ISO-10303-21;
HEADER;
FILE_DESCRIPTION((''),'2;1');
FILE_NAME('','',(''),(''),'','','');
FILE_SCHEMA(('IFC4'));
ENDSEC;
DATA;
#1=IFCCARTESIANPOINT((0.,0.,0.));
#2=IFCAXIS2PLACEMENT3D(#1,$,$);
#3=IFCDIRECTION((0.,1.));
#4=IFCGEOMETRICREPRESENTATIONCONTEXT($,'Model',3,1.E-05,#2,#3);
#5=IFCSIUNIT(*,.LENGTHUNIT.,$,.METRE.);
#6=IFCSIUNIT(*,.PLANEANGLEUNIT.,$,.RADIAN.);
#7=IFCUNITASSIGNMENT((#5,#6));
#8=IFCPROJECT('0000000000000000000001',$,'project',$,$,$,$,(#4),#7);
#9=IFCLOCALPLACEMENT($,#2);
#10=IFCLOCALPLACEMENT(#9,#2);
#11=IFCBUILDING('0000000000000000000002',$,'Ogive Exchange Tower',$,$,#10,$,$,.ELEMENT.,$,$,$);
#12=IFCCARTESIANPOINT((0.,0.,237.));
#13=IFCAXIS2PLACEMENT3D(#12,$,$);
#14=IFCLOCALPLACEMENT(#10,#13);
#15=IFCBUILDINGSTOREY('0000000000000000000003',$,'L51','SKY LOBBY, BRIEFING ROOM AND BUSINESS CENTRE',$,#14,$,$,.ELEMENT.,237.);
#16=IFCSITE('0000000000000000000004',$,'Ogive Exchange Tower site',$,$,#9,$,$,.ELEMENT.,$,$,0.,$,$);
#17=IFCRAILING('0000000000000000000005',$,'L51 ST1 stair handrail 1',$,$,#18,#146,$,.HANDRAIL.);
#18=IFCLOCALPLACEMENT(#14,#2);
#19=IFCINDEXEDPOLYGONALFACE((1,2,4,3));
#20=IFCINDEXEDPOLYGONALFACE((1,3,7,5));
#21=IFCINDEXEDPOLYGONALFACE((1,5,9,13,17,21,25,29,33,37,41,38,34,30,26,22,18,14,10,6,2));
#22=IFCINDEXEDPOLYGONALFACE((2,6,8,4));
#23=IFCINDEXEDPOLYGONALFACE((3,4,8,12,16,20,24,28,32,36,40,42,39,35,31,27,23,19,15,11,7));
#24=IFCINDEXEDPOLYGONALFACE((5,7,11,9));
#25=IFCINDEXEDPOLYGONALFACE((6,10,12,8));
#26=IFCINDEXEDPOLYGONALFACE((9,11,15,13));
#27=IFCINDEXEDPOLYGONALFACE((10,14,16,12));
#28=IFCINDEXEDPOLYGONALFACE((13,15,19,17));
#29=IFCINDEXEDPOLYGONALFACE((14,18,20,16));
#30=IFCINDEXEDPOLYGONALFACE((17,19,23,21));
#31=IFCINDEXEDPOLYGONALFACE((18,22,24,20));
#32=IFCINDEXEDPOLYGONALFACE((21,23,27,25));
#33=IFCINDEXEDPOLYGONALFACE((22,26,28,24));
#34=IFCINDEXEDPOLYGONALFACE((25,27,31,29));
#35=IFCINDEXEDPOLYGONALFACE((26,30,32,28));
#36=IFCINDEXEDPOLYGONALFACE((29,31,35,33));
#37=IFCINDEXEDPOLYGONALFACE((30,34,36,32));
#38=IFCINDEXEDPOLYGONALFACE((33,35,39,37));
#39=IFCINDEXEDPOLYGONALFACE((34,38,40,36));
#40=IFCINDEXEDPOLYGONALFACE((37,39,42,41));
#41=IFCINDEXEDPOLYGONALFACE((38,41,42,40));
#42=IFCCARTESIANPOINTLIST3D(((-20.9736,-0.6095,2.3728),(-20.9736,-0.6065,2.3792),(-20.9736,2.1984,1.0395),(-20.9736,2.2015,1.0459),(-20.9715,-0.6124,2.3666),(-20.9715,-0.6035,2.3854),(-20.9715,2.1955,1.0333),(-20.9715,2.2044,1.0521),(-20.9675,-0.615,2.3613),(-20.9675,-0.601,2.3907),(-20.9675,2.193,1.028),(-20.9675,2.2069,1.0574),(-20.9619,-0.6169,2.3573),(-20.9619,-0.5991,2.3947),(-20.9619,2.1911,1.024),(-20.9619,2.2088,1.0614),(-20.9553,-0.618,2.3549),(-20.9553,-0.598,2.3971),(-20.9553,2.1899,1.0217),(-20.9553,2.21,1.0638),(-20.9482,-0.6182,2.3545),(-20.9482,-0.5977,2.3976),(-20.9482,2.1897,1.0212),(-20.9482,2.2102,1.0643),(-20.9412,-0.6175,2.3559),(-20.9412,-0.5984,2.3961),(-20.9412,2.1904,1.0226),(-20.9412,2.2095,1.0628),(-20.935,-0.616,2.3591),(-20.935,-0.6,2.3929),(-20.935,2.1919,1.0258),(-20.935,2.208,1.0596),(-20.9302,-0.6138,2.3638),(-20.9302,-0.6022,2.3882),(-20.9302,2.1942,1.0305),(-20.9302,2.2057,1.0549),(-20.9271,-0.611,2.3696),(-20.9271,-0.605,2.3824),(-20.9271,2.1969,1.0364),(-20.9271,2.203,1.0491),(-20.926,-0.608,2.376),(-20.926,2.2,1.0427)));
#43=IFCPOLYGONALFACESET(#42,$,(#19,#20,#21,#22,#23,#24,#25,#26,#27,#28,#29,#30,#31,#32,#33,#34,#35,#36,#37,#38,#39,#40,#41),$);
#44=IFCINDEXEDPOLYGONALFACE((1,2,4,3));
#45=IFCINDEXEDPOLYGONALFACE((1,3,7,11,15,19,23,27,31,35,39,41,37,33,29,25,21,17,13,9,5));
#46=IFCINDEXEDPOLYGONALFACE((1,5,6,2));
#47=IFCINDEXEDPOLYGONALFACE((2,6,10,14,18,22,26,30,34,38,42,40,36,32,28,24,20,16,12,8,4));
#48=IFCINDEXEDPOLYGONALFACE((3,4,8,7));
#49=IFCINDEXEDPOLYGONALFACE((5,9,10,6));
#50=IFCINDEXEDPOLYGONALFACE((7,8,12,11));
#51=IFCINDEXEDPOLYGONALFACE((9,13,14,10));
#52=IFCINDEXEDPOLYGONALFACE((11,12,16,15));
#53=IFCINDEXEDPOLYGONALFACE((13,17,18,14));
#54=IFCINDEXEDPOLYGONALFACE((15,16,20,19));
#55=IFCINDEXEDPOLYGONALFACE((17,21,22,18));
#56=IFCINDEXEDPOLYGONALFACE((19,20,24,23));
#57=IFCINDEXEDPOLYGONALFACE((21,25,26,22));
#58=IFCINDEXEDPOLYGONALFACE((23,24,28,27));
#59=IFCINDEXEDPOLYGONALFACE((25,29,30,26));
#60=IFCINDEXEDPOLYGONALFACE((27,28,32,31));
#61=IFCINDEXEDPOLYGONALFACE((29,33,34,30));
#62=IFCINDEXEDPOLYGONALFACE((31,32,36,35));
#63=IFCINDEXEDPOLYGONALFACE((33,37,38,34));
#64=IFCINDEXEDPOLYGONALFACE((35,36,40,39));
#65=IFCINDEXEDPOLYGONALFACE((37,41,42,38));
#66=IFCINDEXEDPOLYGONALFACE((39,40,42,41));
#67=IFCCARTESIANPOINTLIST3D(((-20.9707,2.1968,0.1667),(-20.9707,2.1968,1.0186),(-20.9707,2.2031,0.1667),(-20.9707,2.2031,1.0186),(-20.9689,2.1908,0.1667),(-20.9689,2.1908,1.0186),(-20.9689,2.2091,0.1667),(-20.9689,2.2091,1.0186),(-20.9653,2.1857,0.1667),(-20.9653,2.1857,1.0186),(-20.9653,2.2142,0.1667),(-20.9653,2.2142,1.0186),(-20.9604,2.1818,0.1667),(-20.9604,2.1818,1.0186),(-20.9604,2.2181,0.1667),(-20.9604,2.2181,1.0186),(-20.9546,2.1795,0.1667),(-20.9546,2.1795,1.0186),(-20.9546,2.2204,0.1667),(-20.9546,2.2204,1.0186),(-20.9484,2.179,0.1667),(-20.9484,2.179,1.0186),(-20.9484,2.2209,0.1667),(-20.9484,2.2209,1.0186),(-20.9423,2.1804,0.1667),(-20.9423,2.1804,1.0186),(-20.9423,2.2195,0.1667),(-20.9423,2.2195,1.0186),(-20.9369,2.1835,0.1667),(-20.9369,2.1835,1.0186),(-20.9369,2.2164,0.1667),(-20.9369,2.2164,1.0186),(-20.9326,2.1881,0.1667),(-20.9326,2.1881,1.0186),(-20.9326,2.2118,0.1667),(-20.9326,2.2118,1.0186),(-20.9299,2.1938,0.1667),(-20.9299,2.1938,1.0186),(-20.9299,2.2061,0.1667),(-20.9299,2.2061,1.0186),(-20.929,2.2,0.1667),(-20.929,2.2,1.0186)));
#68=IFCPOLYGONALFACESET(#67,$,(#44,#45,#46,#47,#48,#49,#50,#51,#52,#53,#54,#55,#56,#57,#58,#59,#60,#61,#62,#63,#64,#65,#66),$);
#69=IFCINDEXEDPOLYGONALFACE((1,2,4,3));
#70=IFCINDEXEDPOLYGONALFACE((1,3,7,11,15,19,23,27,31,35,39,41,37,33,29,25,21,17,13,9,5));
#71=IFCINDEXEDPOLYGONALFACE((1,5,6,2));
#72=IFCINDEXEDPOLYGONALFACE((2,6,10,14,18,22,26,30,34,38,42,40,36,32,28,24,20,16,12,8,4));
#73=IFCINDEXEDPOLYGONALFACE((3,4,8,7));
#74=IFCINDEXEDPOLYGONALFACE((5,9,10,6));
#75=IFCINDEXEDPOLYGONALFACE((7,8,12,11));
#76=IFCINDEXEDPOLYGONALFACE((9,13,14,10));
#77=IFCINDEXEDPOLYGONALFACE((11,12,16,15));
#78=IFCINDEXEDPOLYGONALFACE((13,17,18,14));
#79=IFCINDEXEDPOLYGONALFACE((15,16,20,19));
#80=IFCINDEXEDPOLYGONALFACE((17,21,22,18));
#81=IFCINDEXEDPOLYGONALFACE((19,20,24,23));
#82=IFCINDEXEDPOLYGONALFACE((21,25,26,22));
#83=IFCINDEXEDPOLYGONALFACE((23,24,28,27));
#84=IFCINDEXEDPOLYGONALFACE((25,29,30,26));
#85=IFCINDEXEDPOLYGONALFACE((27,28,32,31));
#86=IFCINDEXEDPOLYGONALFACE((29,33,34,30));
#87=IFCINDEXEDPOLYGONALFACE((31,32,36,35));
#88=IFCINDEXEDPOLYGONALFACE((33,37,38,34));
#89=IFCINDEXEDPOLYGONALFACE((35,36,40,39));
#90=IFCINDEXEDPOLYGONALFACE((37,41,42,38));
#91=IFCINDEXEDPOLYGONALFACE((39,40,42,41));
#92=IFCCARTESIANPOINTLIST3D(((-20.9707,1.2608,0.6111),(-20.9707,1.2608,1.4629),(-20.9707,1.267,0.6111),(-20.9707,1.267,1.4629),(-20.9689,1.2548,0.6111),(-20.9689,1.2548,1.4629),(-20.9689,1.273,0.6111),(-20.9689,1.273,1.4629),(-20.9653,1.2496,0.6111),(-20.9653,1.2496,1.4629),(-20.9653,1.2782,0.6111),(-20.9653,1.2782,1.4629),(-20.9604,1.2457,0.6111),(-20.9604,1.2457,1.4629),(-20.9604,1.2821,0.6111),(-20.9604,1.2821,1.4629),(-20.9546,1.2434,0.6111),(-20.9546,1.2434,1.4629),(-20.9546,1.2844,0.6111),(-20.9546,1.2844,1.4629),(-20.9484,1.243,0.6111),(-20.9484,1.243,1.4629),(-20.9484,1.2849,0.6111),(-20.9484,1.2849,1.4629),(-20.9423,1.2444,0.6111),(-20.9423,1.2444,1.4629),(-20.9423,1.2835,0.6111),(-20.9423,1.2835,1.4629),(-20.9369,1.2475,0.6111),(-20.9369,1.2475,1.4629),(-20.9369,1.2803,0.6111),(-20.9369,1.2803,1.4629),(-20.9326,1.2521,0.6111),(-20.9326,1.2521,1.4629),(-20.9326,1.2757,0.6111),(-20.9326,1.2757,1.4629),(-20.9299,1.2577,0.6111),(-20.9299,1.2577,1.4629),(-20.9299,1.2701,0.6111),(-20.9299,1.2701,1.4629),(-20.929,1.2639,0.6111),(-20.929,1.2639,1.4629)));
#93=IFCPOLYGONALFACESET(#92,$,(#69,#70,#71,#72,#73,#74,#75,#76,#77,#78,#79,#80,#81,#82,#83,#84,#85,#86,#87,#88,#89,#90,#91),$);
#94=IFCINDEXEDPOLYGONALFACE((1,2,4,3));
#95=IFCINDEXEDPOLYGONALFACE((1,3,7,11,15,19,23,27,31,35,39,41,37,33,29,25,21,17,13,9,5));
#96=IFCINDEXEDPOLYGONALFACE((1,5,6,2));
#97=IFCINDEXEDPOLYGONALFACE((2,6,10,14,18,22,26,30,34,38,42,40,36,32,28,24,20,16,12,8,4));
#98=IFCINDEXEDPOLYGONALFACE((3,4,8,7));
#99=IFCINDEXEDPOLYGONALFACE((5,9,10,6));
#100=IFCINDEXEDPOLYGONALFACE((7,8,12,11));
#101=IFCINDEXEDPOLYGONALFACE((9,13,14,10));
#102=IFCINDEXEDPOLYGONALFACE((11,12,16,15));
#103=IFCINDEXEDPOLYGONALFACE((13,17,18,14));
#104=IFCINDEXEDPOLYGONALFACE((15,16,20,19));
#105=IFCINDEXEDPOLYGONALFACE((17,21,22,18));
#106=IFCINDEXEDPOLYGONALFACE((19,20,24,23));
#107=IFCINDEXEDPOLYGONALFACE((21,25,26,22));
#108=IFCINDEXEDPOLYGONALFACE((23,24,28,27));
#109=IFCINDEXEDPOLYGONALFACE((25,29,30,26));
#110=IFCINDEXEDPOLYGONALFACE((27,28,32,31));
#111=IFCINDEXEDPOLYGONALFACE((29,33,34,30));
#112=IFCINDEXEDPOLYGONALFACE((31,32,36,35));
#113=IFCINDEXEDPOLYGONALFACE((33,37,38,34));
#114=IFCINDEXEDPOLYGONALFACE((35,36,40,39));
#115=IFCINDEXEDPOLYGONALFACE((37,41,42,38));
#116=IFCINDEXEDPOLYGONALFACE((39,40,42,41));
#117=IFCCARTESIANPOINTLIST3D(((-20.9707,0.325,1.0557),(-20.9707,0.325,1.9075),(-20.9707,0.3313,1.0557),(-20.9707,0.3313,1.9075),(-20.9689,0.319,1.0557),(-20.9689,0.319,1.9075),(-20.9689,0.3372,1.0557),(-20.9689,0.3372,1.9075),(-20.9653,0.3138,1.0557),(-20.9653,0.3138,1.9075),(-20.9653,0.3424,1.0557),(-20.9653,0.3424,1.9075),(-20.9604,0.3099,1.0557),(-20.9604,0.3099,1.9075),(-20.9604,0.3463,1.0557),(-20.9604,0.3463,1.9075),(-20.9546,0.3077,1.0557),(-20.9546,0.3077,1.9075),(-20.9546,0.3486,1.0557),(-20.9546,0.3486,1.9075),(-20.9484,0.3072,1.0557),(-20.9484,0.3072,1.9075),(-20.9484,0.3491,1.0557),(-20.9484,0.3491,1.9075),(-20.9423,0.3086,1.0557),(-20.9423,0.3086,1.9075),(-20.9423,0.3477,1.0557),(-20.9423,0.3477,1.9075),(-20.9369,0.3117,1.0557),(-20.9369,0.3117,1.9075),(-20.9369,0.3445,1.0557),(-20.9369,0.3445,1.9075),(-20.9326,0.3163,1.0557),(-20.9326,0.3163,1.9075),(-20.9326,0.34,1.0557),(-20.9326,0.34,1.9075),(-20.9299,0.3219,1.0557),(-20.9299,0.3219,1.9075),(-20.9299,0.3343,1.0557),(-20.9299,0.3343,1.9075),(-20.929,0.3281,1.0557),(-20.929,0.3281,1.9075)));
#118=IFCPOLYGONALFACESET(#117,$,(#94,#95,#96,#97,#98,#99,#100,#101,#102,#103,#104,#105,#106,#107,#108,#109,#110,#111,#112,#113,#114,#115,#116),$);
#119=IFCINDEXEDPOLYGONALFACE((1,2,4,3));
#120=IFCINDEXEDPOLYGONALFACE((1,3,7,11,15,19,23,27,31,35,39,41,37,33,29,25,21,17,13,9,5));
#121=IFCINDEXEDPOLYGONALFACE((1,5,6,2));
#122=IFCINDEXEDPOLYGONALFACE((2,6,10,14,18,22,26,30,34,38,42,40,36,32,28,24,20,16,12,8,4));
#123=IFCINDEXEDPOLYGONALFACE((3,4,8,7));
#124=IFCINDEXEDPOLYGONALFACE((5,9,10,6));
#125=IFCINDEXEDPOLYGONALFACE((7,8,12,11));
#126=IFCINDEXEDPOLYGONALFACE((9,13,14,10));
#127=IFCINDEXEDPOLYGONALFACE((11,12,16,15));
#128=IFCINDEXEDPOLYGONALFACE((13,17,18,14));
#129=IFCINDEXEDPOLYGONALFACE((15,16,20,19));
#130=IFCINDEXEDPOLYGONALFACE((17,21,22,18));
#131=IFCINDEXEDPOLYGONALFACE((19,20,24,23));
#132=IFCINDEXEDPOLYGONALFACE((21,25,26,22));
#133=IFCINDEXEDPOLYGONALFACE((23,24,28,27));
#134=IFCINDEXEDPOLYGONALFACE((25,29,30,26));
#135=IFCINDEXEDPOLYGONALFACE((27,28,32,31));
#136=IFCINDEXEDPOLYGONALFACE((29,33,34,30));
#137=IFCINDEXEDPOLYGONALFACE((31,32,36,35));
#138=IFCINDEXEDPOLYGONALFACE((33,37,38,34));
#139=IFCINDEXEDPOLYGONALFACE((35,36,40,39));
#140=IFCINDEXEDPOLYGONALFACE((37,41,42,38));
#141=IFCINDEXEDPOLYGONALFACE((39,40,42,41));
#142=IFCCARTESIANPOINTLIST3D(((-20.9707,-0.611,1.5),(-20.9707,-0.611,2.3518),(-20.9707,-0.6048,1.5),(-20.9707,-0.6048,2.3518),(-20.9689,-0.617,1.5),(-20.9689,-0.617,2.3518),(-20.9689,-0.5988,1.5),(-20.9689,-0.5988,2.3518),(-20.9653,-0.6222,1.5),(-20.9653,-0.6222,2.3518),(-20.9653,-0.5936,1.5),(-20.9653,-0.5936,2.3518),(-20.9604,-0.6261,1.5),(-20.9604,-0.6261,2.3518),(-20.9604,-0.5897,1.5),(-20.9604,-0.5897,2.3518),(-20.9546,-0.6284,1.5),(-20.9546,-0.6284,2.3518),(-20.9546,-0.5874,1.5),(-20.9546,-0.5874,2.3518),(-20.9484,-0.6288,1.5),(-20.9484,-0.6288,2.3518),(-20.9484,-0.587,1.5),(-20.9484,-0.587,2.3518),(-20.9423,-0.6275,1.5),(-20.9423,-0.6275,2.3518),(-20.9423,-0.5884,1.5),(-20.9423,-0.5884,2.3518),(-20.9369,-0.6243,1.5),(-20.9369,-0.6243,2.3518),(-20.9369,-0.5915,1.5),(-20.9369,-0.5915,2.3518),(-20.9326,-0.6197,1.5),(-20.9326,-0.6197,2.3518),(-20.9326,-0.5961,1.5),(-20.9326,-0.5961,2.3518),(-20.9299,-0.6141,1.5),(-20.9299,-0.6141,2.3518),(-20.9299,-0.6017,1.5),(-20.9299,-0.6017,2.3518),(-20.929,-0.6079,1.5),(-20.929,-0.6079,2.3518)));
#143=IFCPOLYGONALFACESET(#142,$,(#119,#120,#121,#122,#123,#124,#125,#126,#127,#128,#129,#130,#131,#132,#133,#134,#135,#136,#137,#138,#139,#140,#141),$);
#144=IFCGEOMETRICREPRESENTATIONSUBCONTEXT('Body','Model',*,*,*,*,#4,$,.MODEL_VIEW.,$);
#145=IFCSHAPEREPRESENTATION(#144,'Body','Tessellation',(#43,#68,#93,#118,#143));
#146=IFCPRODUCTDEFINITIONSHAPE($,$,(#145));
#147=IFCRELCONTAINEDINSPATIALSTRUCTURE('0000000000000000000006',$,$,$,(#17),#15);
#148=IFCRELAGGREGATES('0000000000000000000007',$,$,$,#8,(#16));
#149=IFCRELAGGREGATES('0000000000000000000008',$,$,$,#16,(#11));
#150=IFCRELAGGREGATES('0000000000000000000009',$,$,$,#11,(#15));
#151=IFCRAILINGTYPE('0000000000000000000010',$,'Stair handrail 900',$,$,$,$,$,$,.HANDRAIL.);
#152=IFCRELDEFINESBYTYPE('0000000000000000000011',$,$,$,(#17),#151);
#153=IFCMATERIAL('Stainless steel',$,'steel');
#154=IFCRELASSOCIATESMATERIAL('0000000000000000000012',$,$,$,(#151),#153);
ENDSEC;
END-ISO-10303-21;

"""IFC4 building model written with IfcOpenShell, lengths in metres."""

from ifc_helpers import new_model, si_unit, direction, frame, origin, origin_2d, place, context, subcontext, project, spatial, circle, extrude, material, type_object, element, save


model = new_model("IFC4")

# Units and contexts
model_context = context("Model", 3, precision=1e-05, world=origin(), true_north=direction((0.0, 1.0)))
body_context = subcontext(model_context, "Body", "Model", "MODEL_VIEW")
ifc_project = project(units=[si_unit("LENGTHUNIT", "METRE"), si_unit("PLANEANGLEUNIT", "RADIAN")], contexts=[model_context])

# Site, building, storey
site_placement = place(None, origin())
site = spatial("IfcSite", under=ifc_project, at=site_placement, Name="Ogive Exchange Tower site", CompositionType="ELEMENT", RefElevation=0.0)
building_placement = place(site_placement, origin())
building = spatial("IfcBuilding", under=site, at=building_placement, Name="Ogive Exchange Tower", CompositionType="ELEMENT")
storey_placement = place(building_placement, frame((0.0, 0.0, 237.0)))
storey = spatial("IfcBuildingStorey", under=building, at=storey_placement, Name="L51", Description="SKY LOBBY, BRIEFING ROOM AND BUSINESS CENTRE", CompositionType="ELEMENT", Elevation=237.0)

# Shared definitions
ifc_material_1 = material(Name="Stainless steel", Category="steel")

# Railing
railing_type = type_object("IfcRailingType", Name="Stair handrail 900", PredefinedType="HANDRAIL", material=ifc_material_1)
railing_placement = place(storey_placement, frame((-20.95, 2.2, 0.1667)))
element("IfcRailing", 1, at=railing_placement, inside=storey, type_object=railing_type, Name="L51 ST1 stair handrail 1", PredefinedType="HANDRAIL", context=body_context, shape_type="SweptSolid", body=[
    extrude(circle(Radius=0.0239, at=origin_2d()), frame((0.0, 0.0, 0.876), z_axis=(0.0, -0.903338, 0.42893), x_axis=(1.0, 0.0, 0.0)), (0.0, 0.0, 1.0), 3.1084),
    extrude(circle(Radius=0.021, at=origin_2d()), origin(), (0.0, 0.0, 1.0), 0.8518),
    extrude(circle(Radius=0.021, at=origin_2d()), frame((0.0, -0.936, 0.4443)), (0.0, 0.0, 1.0), 0.8518),
    extrude(circle(Radius=0.021, at=origin_2d()), frame((0.0, -1.8718, 0.8889)), (0.0, 0.0, 1.0), 0.8518),
    extrude(circle(Radius=0.021, at=origin_2d()), frame((0.0, -2.8079, 1.3333)), (0.0, 0.0, 1.0), 0.8518),
])

save(model, "model.ifc")
